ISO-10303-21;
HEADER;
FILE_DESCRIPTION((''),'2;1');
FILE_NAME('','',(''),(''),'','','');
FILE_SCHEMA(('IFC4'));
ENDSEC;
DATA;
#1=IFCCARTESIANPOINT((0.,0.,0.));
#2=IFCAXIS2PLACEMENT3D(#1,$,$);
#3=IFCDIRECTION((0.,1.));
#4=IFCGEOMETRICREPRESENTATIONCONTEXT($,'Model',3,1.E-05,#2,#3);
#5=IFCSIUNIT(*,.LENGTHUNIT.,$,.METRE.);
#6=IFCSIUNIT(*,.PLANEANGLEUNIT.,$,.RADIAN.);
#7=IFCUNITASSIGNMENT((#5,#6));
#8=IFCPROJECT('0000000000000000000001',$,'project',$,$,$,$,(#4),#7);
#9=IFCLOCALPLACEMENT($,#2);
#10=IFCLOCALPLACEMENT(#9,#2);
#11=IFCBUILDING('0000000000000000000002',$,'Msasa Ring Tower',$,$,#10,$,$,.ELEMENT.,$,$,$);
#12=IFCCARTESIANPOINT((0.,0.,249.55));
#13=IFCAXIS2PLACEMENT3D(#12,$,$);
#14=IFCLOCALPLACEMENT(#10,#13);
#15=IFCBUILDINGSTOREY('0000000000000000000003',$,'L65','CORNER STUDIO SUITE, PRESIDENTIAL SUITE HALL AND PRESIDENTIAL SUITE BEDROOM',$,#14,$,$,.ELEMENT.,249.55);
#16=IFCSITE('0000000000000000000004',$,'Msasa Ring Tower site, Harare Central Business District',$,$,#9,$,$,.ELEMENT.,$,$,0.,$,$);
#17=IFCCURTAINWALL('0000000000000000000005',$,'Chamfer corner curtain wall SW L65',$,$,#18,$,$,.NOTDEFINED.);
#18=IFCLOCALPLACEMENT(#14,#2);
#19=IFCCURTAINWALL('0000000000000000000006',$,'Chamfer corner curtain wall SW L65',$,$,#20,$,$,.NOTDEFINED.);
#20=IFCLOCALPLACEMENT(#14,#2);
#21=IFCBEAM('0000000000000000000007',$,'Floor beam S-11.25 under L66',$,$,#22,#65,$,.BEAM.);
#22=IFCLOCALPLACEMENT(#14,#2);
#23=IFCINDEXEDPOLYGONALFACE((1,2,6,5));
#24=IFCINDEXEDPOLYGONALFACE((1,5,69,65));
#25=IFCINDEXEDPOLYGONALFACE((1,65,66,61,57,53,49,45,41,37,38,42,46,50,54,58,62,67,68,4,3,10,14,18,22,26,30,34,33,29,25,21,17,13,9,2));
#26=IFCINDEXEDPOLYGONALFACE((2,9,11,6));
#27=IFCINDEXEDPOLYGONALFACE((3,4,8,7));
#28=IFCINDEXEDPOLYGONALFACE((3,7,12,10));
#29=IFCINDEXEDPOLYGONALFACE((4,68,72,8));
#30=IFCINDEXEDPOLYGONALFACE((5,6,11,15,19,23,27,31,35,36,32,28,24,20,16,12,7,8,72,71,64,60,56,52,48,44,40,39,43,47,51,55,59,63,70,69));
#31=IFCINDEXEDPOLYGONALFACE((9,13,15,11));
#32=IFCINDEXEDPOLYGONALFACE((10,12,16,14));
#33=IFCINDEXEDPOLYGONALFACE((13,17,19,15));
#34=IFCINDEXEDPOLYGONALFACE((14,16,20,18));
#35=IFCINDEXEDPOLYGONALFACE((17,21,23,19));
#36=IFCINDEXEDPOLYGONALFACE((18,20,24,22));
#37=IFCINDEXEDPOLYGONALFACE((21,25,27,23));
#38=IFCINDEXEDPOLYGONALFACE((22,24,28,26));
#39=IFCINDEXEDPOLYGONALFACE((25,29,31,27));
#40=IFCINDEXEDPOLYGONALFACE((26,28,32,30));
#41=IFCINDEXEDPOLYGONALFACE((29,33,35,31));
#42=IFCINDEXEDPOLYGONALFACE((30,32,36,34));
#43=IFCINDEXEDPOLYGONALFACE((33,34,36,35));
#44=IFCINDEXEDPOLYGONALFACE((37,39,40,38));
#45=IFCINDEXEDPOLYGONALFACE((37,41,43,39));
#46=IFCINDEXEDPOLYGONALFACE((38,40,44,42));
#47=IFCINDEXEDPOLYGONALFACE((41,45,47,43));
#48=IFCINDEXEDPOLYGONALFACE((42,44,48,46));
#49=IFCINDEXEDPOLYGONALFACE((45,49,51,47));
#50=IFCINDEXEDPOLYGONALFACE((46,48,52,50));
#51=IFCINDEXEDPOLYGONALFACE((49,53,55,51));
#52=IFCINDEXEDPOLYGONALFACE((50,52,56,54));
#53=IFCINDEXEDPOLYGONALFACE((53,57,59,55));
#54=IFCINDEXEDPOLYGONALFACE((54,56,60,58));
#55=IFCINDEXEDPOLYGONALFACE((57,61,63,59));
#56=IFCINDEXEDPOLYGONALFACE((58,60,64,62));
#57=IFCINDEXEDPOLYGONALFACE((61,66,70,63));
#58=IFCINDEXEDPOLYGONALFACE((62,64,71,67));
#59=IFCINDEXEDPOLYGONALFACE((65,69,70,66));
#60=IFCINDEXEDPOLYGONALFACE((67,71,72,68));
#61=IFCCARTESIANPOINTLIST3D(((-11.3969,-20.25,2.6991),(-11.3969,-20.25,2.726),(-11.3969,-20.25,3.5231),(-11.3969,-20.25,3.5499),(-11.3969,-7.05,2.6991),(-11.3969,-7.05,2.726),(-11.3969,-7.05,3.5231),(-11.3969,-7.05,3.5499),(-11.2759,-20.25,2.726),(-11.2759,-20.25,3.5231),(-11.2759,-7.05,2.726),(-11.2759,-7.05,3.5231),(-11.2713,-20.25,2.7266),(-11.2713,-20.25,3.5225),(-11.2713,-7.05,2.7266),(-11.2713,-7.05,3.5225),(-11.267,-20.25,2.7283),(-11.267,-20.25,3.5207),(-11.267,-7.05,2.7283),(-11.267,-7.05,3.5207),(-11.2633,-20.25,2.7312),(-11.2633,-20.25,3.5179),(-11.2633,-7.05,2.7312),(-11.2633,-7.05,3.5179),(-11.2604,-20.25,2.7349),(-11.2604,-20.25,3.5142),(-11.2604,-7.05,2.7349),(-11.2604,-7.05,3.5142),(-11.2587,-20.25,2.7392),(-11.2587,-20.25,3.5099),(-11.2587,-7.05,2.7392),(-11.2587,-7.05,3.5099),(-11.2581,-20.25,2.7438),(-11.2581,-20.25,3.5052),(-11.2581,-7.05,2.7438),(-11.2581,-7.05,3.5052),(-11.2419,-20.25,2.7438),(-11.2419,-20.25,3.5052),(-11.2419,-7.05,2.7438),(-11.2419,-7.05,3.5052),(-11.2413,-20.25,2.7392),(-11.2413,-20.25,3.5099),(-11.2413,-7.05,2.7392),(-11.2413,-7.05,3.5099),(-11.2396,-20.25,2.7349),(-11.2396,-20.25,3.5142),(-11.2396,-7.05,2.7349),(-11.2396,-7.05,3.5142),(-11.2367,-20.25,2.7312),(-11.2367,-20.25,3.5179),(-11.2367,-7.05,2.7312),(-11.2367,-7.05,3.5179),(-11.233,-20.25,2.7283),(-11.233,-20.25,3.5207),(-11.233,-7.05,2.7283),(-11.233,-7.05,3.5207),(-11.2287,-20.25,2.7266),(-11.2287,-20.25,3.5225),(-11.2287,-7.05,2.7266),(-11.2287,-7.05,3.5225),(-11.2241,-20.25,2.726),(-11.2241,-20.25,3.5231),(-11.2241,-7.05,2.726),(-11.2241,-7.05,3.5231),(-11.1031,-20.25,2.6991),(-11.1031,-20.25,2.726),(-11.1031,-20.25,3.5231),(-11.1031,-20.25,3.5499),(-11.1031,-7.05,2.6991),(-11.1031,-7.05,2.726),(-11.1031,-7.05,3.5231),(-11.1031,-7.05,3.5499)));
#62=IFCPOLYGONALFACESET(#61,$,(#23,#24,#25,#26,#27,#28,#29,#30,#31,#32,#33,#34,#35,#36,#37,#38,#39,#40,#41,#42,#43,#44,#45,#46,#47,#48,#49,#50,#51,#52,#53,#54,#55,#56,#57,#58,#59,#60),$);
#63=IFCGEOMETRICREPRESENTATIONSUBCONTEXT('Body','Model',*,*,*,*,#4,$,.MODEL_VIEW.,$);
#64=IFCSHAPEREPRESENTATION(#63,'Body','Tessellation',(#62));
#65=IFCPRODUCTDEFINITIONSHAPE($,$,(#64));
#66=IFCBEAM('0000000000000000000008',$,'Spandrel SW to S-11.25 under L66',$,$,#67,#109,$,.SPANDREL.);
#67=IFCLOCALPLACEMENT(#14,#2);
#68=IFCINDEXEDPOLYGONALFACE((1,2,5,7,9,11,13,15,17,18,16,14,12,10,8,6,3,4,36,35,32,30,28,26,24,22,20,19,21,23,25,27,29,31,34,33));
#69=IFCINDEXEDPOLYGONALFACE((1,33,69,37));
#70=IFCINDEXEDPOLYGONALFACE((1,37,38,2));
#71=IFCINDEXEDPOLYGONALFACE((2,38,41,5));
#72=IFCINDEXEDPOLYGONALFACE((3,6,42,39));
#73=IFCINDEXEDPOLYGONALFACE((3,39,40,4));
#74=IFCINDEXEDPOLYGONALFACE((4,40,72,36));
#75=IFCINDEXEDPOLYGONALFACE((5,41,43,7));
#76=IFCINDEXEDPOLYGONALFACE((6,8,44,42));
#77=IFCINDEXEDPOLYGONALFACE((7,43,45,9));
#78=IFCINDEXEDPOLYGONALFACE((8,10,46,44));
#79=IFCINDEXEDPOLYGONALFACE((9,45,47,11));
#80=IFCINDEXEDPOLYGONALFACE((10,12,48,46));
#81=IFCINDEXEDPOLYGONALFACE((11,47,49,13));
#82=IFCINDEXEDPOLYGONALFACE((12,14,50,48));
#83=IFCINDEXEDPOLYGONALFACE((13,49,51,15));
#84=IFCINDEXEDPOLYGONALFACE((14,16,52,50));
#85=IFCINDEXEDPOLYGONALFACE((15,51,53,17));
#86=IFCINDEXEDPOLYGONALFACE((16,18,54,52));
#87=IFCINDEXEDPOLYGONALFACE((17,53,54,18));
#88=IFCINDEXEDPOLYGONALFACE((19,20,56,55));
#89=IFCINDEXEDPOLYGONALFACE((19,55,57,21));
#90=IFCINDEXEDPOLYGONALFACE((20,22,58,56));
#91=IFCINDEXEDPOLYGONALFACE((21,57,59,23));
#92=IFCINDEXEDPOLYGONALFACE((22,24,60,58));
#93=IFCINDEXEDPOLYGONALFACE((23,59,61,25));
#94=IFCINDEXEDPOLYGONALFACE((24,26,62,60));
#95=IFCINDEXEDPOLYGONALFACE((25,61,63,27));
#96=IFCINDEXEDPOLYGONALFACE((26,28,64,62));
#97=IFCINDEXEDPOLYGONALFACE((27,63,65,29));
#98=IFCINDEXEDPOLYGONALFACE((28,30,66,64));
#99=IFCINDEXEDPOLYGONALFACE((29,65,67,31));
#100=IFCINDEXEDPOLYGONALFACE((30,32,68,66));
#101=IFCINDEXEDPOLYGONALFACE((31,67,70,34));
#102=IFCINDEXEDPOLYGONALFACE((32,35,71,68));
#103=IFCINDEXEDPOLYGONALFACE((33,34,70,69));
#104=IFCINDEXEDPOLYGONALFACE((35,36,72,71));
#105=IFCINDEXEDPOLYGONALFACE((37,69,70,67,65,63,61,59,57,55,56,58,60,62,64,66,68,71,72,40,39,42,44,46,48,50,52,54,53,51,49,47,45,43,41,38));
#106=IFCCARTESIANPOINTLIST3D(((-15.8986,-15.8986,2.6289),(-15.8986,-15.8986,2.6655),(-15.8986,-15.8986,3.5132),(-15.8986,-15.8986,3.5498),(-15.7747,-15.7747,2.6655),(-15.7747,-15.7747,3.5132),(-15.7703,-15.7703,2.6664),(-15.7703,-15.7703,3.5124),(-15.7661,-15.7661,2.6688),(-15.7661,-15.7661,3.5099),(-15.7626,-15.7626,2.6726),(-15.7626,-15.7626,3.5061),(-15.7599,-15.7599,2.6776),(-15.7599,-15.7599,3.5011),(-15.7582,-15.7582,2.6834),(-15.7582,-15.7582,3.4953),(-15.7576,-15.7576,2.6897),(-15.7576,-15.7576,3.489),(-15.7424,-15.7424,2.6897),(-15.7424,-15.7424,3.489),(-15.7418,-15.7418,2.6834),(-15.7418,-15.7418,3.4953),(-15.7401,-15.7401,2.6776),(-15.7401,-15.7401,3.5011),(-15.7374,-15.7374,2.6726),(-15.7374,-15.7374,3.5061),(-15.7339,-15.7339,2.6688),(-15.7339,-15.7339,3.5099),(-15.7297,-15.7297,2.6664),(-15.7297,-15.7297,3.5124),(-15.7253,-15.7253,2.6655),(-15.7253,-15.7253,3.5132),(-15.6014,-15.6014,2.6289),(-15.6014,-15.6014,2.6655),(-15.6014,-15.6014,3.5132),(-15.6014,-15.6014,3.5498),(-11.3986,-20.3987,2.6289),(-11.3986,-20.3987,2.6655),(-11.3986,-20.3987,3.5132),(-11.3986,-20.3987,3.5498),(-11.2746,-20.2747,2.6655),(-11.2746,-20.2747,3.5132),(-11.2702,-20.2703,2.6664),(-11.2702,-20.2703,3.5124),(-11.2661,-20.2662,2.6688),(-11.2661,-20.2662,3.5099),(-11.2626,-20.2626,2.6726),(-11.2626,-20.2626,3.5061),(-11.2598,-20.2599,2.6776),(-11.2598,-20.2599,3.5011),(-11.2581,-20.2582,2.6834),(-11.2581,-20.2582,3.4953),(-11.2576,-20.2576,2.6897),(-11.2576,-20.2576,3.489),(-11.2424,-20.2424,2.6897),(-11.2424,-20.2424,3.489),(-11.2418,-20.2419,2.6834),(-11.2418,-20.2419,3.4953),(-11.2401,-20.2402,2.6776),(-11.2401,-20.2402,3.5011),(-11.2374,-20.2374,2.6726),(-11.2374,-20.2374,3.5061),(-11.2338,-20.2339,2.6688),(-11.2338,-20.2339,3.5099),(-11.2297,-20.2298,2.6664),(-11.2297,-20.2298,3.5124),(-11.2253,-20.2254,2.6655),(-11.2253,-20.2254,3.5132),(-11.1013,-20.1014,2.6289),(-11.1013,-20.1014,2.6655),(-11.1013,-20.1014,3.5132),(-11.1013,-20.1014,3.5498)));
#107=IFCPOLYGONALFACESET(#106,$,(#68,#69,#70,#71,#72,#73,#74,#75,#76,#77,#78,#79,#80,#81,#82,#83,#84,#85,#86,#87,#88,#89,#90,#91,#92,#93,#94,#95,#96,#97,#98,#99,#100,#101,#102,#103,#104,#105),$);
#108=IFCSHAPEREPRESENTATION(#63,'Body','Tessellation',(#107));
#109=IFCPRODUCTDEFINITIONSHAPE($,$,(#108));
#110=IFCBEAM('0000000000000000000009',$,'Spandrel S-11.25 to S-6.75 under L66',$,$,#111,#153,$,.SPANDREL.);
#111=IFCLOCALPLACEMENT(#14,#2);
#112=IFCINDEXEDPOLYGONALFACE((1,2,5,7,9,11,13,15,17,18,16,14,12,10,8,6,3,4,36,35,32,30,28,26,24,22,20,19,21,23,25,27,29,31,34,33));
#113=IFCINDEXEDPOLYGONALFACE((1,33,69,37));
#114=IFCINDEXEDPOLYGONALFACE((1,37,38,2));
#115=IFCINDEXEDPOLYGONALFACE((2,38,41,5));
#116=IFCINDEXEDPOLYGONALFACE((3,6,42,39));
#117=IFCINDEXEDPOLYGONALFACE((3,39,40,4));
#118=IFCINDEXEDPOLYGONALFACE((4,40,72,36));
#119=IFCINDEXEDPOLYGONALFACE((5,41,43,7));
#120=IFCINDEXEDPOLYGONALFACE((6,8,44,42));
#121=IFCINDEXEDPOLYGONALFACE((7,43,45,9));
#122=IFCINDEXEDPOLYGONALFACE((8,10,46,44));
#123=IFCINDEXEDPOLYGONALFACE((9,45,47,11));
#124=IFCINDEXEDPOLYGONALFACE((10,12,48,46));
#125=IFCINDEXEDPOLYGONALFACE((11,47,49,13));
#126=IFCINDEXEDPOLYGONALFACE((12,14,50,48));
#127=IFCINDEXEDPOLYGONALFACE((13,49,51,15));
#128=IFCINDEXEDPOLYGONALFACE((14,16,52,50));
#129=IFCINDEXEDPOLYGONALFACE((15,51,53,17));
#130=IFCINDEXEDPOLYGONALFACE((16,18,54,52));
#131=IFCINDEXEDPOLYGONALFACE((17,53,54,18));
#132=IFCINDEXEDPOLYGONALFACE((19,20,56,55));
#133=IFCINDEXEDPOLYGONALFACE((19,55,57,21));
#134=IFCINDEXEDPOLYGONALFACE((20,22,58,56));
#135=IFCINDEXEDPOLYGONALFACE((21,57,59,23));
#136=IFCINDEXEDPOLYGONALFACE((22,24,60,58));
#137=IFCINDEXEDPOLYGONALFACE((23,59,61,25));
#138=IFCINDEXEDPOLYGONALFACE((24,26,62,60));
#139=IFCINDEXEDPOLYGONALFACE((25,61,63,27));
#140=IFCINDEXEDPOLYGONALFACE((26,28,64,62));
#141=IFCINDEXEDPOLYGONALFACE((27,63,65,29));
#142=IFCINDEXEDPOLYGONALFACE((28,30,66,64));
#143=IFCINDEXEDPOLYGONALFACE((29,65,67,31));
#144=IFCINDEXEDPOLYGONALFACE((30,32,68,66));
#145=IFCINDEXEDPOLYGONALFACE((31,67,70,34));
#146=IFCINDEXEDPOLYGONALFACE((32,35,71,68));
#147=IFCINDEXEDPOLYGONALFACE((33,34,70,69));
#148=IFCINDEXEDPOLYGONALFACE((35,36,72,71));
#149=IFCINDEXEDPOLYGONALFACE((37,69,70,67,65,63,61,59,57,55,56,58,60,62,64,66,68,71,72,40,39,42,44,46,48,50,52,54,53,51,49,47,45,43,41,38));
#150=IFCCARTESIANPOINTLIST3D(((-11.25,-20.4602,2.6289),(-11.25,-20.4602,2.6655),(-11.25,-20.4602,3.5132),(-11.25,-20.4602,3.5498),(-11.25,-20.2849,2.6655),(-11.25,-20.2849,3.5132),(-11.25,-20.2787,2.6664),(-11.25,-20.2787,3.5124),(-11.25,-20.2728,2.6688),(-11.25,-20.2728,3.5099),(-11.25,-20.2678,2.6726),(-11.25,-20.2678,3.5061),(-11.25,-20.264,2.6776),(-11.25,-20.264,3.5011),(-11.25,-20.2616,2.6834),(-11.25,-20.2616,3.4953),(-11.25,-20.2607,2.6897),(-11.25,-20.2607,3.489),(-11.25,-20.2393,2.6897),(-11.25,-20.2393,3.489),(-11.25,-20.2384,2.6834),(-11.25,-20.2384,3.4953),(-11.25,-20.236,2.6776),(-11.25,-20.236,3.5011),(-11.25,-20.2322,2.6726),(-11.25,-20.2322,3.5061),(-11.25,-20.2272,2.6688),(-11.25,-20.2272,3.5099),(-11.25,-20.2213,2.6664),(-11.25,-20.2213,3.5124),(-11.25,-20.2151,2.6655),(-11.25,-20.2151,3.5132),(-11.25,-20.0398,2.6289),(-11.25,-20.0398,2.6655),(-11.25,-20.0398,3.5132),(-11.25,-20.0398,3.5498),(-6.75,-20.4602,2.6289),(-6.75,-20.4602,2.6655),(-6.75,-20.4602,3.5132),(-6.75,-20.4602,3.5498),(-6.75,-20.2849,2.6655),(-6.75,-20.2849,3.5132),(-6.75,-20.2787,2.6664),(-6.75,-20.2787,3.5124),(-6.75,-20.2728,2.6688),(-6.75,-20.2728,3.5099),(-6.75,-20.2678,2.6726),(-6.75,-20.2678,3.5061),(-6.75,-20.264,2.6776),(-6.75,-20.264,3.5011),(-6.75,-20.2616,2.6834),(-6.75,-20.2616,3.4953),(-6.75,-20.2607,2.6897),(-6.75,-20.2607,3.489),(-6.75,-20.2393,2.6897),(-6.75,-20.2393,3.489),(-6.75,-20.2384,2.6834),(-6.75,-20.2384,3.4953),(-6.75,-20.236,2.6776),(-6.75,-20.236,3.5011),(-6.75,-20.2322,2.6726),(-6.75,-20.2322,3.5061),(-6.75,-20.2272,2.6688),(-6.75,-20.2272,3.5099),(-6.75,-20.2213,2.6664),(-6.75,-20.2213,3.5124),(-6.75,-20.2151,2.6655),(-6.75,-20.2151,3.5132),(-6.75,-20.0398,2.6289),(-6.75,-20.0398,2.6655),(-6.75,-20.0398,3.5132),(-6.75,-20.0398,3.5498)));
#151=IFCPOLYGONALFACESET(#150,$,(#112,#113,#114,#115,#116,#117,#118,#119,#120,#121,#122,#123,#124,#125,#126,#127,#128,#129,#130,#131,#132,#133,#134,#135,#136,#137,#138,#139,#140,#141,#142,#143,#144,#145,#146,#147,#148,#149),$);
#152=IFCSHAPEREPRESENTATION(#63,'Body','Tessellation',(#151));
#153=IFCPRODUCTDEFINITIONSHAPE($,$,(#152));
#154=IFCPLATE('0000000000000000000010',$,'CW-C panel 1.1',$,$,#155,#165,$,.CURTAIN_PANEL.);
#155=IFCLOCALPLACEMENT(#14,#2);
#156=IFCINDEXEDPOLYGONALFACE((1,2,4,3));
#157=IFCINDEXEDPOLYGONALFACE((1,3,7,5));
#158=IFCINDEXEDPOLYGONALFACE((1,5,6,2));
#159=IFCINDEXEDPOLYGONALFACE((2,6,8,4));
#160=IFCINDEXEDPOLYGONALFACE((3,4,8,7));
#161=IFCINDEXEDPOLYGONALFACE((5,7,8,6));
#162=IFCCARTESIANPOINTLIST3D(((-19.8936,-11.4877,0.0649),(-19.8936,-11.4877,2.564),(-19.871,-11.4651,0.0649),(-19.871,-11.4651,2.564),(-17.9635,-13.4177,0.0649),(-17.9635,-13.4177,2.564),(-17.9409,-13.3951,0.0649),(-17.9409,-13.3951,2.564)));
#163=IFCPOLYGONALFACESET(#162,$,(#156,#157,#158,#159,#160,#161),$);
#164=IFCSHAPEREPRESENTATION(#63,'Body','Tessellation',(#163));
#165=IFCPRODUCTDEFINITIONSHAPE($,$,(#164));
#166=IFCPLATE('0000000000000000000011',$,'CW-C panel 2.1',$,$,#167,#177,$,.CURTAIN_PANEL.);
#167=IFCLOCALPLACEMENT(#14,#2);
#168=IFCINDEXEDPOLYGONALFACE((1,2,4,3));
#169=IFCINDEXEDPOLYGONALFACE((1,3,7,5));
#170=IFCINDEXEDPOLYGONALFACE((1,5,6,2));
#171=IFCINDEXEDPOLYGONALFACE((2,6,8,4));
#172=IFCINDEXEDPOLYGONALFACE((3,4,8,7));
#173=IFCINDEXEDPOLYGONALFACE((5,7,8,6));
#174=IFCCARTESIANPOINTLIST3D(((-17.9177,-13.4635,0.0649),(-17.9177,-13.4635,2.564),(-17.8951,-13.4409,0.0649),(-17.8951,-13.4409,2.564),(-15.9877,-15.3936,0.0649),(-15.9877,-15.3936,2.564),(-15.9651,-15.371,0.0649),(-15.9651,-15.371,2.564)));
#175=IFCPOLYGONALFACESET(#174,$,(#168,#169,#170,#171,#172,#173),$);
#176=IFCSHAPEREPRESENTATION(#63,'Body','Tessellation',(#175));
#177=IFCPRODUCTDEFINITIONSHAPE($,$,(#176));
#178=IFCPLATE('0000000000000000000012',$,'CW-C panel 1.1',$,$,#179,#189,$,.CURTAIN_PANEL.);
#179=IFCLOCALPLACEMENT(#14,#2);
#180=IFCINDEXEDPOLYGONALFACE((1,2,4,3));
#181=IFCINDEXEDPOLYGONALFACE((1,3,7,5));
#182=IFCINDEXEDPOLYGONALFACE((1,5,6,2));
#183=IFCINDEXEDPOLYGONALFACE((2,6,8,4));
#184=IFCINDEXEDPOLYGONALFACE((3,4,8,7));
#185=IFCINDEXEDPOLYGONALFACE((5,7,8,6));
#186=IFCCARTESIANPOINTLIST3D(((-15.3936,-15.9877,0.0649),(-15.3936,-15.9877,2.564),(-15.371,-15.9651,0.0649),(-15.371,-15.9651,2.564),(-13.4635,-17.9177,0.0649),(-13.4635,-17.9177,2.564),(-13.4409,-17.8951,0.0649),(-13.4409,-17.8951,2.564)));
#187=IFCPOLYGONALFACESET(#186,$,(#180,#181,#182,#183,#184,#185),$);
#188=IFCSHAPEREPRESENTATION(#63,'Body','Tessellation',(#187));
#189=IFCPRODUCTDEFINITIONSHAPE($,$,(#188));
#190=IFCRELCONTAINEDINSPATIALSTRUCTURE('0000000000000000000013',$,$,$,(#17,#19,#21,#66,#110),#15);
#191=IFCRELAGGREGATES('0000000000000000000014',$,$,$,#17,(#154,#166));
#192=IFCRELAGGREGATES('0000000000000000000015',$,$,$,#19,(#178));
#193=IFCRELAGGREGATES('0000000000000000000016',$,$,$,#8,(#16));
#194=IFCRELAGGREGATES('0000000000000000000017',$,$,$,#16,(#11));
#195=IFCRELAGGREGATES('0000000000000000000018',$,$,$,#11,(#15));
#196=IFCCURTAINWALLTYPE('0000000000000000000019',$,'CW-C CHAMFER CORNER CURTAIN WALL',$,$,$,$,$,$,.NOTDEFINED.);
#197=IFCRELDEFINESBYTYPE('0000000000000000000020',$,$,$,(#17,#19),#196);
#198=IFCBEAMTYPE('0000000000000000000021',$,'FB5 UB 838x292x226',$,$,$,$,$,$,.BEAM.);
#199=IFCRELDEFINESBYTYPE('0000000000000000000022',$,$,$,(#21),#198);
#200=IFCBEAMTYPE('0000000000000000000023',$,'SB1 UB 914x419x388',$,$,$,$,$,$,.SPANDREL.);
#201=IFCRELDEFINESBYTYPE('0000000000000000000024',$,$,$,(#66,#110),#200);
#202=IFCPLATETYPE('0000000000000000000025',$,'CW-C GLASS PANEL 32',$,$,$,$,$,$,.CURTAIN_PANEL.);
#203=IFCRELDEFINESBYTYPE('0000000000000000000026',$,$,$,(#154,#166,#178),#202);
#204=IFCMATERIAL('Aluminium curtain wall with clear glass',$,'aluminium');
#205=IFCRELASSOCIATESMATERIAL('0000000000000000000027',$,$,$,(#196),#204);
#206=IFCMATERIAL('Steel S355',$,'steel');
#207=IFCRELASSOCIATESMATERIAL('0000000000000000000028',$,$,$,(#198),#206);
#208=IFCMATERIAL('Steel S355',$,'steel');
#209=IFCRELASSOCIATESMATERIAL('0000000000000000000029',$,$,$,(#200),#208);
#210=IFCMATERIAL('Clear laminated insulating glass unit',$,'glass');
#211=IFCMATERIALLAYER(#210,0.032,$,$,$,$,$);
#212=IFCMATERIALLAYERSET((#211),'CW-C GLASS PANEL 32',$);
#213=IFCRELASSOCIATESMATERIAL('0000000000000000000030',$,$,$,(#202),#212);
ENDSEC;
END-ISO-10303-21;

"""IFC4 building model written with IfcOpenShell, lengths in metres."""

from ifc_helpers import new_model, si_unit, direction, frame, origin, origin_2d, place, context, subcontext, project, spatial, rectangle, i_section, extrude, material, layer, layer_set, material_profile, profile_set, type_object, element, aggregate, save


model = new_model("IFC4")

# Units and contexts
model_context = context("Model", 3, precision=1e-05, world=origin(), true_north=direction((0.0, 1.0)))
body_context = subcontext(model_context, "Body", "Model", "MODEL_VIEW")
ifc_project = project(units=[si_unit("LENGTHUNIT", "METRE"), si_unit("PLANEANGLEUNIT", "RADIAN")], contexts=[model_context])

# Site, building, storey
site_placement = place(None, origin())
site = spatial("IfcSite", under=ifc_project, at=site_placement, Name="Msasa Ring Tower site, Harare Central Business District", CompositionType="ELEMENT", RefElevation=0.0)
building_placement = place(site_placement, origin())
building = spatial("IfcBuilding", under=site, at=building_placement, Name="Msasa Ring Tower", CompositionType="ELEMENT")
storey_placement = place(building_placement, frame((0.0, 0.0, 249.55)))
storey = spatial("IfcBuildingStorey", under=building, at=storey_placement, Name="L65", Description="CORNER STUDIO SUITE, PRESIDENTIAL SUITE HALL AND PRESIDENTIAL SUITE BEDROOM", CompositionType="ELEMENT", Elevation=249.55)

# Curtain walls
ifc_material_1 = material(Name="Aluminium curtain wall with clear glass", Category="aluminium")
curtain_wall_type = type_object("IfcCurtainWallType", Name="CW-C CHAMFER CORNER CURTAIN WALL", PredefinedType="NOTDEFINED", material=ifc_material_1)
curtain_wall_1_placement = place(storey_placement, origin())
curtain_wall_1 = element("IfcCurtainWall", 1, at=curtain_wall_1_placement, inside=storey, type_object=curtain_wall_type, Name="Chamfer corner curtain wall SW L65", PredefinedType="NOTDEFINED")
curtain_wall_2_placement = place(storey_placement, origin())
curtain_wall_2 = element("IfcCurtainWall", 2, at=curtain_wall_2_placement, inside=storey, type_object=curtain_wall_type, Name="Chamfer corner curtain wall SW L65", PredefinedType="NOTDEFINED")

# Beams
ifc_material_2 = material(Name="Steel S355", Category="steel")
ifc_material_profile_1 = material_profile(ifc_material_2, i_section(OverallWidth=0.2937, OverallDepth=0.8508, WebThickness=0.0161, FlangeThickness=0.0269, FilletRadius=0.0178, at=origin_2d()), Name="UB 838x292x226")
ifc_profile_set_1 = profile_set([ifc_material_profile_1], Name="Steel S355")
beam_type_1 = type_object("IfcBeamType", Name="FB5 UB 838x292x226", PredefinedType="BEAM", material=ifc_profile_set_1)
beam_1_placement = place(storey_placement, frame((-11.25, -20.25, 3.1245), z_axis=(0.0, 1.0, 0.0), x_axis=(-1.0, 0.0, 0.0)))
element("IfcBeam", 3, at=beam_1_placement, inside=storey, type_object=beam_type_1, Name="Floor beam S-11.25 under L66", PredefinedType="BEAM", context=body_context, shape_type="SweptSolid", body=[
    extrude(i_section(OverallWidth=0.2937, OverallDepth=0.8508, WebThickness=0.0161, FlangeThickness=0.0269, FilletRadius=0.0178, at=origin_2d()), origin(), (0.0, 0.0, 1.0), 13.2),
])
ifc_material_3 = material(Name="Steel S355", Category="steel")
ifc_material_profile_2 = material_profile(ifc_material_3, i_section(OverallWidth=0.4204, OverallDepth=0.9209, WebThickness=0.0215, FlangeThickness=0.0366, FilletRadius=0.0242, at=origin_2d()), Name="UB 914x419x388")
ifc_profile_set_2 = profile_set([ifc_material_profile_2], Name="Steel S355")
beam_type_2 = type_object("IfcBeamType", Name="SB1 UB 914x419x388", PredefinedType="SPANDREL", material=ifc_profile_set_2)
beam_2_placement = place(storey_placement, frame((-15.75, -15.75, 3.0894), z_axis=(0.707107, -0.707107, 0.0), x_axis=(0.707107, 0.707107, 0.0)))
element("IfcBeam", 4, at=beam_2_placement, inside=storey, type_object=beam_type_2, Name="Spandrel SW to S-11.25 under L66", PredefinedType="SPANDREL", context=body_context, shape_type="SweptSolid", body=[
    extrude(i_section(OverallWidth=0.4204, OverallDepth=0.9209, WebThickness=0.0215, FlangeThickness=0.0366, FilletRadius=0.0242, at=origin_2d()), origin(), (0.0, 0.0, 1.0), 6.364),
])
beam_3_placement = place(storey_placement, frame((-11.25, -20.25, 3.0894), z_axis=(1.0, 0.0, 0.0), x_axis=(0.0, 1.0, 0.0)))
element("IfcBeam", 5, at=beam_3_placement, inside=storey, type_object=beam_type_2, Name="Spandrel S-11.25 to S-6.75 under L66", PredefinedType="SPANDREL", context=body_context, shape_type="SweptSolid", body=[
    extrude(i_section(OverallWidth=0.4204, OverallDepth=0.9209, WebThickness=0.0215, FlangeThickness=0.0366, FilletRadius=0.0242, at=origin_2d()), origin(), (0.0, 0.0, 1.0), 4.5),
])

# Plates
ifc_material_4 = material(Name="Clear laminated insulating glass unit", Category="glass")
ifc_layer_1 = layer(ifc_material_4, 0.032)
ifc_layer_set_1 = layer_set([ifc_layer_1], Name="CW-C GLASS PANEL 32")
plate_type = type_object("IfcPlateType", Name="CW-C GLASS PANEL 32", PredefinedType="CURTAIN_PANEL", material=ifc_layer_set_1)
plate_1_placement = place(storey_placement, frame((-18.9172, -12.4414, 0.0649), z_axis=(0.0, 0.0, 1.0), x_axis=(0.707107, -0.707107, 0.0)))
plate_1 = element("IfcPlate", 6, at=plate_1_placement, type_object=plate_type, Name="CW-C panel 1.1", PredefinedType="CURTAIN_PANEL", context=body_context, shape_type="SweptSolid", body=[
    extrude(rectangle(XDim=2.7295, YDim=0.032, at=origin_2d()), origin(), (0.0, 0.0, 1.0), 2.499),
])
plate_2_placement = place(storey_placement, frame((-16.9414, -14.4172, 0.0649), z_axis=(0.0, 0.0, 1.0), x_axis=(0.707107, -0.707107, 0.0)))
plate_2 = element("IfcPlate", 7, at=plate_2_placement, type_object=plate_type, Name="CW-C panel 2.1", PredefinedType="CURTAIN_PANEL", context=body_context, shape_type="SweptSolid", body=[
    extrude(rectangle(XDim=2.7295, YDim=0.032, at=origin_2d()), origin(), (0.0, 0.0, 1.0), 2.499),
])
aggregate(curtain_wall_1, [plate_1, plate_2])
plate_3_placement = place(storey_placement, frame((-14.4172, -16.9414, 0.0649), z_axis=(0.0, 0.0, 1.0), x_axis=(0.707107, -0.707107, 0.0)))
plate_3 = element("IfcPlate", 8, at=plate_3_placement, type_object=plate_type, Name="CW-C panel 1.1", PredefinedType="CURTAIN_PANEL", context=body_context, shape_type="SweptSolid", body=[
    extrude(rectangle(XDim=2.7295, YDim=0.032, at=origin_2d()), origin(), (0.0, 0.0, 1.0), 2.499),
])
aggregate(curtain_wall_2, [plate_3])

save(model, "model.ifc")
